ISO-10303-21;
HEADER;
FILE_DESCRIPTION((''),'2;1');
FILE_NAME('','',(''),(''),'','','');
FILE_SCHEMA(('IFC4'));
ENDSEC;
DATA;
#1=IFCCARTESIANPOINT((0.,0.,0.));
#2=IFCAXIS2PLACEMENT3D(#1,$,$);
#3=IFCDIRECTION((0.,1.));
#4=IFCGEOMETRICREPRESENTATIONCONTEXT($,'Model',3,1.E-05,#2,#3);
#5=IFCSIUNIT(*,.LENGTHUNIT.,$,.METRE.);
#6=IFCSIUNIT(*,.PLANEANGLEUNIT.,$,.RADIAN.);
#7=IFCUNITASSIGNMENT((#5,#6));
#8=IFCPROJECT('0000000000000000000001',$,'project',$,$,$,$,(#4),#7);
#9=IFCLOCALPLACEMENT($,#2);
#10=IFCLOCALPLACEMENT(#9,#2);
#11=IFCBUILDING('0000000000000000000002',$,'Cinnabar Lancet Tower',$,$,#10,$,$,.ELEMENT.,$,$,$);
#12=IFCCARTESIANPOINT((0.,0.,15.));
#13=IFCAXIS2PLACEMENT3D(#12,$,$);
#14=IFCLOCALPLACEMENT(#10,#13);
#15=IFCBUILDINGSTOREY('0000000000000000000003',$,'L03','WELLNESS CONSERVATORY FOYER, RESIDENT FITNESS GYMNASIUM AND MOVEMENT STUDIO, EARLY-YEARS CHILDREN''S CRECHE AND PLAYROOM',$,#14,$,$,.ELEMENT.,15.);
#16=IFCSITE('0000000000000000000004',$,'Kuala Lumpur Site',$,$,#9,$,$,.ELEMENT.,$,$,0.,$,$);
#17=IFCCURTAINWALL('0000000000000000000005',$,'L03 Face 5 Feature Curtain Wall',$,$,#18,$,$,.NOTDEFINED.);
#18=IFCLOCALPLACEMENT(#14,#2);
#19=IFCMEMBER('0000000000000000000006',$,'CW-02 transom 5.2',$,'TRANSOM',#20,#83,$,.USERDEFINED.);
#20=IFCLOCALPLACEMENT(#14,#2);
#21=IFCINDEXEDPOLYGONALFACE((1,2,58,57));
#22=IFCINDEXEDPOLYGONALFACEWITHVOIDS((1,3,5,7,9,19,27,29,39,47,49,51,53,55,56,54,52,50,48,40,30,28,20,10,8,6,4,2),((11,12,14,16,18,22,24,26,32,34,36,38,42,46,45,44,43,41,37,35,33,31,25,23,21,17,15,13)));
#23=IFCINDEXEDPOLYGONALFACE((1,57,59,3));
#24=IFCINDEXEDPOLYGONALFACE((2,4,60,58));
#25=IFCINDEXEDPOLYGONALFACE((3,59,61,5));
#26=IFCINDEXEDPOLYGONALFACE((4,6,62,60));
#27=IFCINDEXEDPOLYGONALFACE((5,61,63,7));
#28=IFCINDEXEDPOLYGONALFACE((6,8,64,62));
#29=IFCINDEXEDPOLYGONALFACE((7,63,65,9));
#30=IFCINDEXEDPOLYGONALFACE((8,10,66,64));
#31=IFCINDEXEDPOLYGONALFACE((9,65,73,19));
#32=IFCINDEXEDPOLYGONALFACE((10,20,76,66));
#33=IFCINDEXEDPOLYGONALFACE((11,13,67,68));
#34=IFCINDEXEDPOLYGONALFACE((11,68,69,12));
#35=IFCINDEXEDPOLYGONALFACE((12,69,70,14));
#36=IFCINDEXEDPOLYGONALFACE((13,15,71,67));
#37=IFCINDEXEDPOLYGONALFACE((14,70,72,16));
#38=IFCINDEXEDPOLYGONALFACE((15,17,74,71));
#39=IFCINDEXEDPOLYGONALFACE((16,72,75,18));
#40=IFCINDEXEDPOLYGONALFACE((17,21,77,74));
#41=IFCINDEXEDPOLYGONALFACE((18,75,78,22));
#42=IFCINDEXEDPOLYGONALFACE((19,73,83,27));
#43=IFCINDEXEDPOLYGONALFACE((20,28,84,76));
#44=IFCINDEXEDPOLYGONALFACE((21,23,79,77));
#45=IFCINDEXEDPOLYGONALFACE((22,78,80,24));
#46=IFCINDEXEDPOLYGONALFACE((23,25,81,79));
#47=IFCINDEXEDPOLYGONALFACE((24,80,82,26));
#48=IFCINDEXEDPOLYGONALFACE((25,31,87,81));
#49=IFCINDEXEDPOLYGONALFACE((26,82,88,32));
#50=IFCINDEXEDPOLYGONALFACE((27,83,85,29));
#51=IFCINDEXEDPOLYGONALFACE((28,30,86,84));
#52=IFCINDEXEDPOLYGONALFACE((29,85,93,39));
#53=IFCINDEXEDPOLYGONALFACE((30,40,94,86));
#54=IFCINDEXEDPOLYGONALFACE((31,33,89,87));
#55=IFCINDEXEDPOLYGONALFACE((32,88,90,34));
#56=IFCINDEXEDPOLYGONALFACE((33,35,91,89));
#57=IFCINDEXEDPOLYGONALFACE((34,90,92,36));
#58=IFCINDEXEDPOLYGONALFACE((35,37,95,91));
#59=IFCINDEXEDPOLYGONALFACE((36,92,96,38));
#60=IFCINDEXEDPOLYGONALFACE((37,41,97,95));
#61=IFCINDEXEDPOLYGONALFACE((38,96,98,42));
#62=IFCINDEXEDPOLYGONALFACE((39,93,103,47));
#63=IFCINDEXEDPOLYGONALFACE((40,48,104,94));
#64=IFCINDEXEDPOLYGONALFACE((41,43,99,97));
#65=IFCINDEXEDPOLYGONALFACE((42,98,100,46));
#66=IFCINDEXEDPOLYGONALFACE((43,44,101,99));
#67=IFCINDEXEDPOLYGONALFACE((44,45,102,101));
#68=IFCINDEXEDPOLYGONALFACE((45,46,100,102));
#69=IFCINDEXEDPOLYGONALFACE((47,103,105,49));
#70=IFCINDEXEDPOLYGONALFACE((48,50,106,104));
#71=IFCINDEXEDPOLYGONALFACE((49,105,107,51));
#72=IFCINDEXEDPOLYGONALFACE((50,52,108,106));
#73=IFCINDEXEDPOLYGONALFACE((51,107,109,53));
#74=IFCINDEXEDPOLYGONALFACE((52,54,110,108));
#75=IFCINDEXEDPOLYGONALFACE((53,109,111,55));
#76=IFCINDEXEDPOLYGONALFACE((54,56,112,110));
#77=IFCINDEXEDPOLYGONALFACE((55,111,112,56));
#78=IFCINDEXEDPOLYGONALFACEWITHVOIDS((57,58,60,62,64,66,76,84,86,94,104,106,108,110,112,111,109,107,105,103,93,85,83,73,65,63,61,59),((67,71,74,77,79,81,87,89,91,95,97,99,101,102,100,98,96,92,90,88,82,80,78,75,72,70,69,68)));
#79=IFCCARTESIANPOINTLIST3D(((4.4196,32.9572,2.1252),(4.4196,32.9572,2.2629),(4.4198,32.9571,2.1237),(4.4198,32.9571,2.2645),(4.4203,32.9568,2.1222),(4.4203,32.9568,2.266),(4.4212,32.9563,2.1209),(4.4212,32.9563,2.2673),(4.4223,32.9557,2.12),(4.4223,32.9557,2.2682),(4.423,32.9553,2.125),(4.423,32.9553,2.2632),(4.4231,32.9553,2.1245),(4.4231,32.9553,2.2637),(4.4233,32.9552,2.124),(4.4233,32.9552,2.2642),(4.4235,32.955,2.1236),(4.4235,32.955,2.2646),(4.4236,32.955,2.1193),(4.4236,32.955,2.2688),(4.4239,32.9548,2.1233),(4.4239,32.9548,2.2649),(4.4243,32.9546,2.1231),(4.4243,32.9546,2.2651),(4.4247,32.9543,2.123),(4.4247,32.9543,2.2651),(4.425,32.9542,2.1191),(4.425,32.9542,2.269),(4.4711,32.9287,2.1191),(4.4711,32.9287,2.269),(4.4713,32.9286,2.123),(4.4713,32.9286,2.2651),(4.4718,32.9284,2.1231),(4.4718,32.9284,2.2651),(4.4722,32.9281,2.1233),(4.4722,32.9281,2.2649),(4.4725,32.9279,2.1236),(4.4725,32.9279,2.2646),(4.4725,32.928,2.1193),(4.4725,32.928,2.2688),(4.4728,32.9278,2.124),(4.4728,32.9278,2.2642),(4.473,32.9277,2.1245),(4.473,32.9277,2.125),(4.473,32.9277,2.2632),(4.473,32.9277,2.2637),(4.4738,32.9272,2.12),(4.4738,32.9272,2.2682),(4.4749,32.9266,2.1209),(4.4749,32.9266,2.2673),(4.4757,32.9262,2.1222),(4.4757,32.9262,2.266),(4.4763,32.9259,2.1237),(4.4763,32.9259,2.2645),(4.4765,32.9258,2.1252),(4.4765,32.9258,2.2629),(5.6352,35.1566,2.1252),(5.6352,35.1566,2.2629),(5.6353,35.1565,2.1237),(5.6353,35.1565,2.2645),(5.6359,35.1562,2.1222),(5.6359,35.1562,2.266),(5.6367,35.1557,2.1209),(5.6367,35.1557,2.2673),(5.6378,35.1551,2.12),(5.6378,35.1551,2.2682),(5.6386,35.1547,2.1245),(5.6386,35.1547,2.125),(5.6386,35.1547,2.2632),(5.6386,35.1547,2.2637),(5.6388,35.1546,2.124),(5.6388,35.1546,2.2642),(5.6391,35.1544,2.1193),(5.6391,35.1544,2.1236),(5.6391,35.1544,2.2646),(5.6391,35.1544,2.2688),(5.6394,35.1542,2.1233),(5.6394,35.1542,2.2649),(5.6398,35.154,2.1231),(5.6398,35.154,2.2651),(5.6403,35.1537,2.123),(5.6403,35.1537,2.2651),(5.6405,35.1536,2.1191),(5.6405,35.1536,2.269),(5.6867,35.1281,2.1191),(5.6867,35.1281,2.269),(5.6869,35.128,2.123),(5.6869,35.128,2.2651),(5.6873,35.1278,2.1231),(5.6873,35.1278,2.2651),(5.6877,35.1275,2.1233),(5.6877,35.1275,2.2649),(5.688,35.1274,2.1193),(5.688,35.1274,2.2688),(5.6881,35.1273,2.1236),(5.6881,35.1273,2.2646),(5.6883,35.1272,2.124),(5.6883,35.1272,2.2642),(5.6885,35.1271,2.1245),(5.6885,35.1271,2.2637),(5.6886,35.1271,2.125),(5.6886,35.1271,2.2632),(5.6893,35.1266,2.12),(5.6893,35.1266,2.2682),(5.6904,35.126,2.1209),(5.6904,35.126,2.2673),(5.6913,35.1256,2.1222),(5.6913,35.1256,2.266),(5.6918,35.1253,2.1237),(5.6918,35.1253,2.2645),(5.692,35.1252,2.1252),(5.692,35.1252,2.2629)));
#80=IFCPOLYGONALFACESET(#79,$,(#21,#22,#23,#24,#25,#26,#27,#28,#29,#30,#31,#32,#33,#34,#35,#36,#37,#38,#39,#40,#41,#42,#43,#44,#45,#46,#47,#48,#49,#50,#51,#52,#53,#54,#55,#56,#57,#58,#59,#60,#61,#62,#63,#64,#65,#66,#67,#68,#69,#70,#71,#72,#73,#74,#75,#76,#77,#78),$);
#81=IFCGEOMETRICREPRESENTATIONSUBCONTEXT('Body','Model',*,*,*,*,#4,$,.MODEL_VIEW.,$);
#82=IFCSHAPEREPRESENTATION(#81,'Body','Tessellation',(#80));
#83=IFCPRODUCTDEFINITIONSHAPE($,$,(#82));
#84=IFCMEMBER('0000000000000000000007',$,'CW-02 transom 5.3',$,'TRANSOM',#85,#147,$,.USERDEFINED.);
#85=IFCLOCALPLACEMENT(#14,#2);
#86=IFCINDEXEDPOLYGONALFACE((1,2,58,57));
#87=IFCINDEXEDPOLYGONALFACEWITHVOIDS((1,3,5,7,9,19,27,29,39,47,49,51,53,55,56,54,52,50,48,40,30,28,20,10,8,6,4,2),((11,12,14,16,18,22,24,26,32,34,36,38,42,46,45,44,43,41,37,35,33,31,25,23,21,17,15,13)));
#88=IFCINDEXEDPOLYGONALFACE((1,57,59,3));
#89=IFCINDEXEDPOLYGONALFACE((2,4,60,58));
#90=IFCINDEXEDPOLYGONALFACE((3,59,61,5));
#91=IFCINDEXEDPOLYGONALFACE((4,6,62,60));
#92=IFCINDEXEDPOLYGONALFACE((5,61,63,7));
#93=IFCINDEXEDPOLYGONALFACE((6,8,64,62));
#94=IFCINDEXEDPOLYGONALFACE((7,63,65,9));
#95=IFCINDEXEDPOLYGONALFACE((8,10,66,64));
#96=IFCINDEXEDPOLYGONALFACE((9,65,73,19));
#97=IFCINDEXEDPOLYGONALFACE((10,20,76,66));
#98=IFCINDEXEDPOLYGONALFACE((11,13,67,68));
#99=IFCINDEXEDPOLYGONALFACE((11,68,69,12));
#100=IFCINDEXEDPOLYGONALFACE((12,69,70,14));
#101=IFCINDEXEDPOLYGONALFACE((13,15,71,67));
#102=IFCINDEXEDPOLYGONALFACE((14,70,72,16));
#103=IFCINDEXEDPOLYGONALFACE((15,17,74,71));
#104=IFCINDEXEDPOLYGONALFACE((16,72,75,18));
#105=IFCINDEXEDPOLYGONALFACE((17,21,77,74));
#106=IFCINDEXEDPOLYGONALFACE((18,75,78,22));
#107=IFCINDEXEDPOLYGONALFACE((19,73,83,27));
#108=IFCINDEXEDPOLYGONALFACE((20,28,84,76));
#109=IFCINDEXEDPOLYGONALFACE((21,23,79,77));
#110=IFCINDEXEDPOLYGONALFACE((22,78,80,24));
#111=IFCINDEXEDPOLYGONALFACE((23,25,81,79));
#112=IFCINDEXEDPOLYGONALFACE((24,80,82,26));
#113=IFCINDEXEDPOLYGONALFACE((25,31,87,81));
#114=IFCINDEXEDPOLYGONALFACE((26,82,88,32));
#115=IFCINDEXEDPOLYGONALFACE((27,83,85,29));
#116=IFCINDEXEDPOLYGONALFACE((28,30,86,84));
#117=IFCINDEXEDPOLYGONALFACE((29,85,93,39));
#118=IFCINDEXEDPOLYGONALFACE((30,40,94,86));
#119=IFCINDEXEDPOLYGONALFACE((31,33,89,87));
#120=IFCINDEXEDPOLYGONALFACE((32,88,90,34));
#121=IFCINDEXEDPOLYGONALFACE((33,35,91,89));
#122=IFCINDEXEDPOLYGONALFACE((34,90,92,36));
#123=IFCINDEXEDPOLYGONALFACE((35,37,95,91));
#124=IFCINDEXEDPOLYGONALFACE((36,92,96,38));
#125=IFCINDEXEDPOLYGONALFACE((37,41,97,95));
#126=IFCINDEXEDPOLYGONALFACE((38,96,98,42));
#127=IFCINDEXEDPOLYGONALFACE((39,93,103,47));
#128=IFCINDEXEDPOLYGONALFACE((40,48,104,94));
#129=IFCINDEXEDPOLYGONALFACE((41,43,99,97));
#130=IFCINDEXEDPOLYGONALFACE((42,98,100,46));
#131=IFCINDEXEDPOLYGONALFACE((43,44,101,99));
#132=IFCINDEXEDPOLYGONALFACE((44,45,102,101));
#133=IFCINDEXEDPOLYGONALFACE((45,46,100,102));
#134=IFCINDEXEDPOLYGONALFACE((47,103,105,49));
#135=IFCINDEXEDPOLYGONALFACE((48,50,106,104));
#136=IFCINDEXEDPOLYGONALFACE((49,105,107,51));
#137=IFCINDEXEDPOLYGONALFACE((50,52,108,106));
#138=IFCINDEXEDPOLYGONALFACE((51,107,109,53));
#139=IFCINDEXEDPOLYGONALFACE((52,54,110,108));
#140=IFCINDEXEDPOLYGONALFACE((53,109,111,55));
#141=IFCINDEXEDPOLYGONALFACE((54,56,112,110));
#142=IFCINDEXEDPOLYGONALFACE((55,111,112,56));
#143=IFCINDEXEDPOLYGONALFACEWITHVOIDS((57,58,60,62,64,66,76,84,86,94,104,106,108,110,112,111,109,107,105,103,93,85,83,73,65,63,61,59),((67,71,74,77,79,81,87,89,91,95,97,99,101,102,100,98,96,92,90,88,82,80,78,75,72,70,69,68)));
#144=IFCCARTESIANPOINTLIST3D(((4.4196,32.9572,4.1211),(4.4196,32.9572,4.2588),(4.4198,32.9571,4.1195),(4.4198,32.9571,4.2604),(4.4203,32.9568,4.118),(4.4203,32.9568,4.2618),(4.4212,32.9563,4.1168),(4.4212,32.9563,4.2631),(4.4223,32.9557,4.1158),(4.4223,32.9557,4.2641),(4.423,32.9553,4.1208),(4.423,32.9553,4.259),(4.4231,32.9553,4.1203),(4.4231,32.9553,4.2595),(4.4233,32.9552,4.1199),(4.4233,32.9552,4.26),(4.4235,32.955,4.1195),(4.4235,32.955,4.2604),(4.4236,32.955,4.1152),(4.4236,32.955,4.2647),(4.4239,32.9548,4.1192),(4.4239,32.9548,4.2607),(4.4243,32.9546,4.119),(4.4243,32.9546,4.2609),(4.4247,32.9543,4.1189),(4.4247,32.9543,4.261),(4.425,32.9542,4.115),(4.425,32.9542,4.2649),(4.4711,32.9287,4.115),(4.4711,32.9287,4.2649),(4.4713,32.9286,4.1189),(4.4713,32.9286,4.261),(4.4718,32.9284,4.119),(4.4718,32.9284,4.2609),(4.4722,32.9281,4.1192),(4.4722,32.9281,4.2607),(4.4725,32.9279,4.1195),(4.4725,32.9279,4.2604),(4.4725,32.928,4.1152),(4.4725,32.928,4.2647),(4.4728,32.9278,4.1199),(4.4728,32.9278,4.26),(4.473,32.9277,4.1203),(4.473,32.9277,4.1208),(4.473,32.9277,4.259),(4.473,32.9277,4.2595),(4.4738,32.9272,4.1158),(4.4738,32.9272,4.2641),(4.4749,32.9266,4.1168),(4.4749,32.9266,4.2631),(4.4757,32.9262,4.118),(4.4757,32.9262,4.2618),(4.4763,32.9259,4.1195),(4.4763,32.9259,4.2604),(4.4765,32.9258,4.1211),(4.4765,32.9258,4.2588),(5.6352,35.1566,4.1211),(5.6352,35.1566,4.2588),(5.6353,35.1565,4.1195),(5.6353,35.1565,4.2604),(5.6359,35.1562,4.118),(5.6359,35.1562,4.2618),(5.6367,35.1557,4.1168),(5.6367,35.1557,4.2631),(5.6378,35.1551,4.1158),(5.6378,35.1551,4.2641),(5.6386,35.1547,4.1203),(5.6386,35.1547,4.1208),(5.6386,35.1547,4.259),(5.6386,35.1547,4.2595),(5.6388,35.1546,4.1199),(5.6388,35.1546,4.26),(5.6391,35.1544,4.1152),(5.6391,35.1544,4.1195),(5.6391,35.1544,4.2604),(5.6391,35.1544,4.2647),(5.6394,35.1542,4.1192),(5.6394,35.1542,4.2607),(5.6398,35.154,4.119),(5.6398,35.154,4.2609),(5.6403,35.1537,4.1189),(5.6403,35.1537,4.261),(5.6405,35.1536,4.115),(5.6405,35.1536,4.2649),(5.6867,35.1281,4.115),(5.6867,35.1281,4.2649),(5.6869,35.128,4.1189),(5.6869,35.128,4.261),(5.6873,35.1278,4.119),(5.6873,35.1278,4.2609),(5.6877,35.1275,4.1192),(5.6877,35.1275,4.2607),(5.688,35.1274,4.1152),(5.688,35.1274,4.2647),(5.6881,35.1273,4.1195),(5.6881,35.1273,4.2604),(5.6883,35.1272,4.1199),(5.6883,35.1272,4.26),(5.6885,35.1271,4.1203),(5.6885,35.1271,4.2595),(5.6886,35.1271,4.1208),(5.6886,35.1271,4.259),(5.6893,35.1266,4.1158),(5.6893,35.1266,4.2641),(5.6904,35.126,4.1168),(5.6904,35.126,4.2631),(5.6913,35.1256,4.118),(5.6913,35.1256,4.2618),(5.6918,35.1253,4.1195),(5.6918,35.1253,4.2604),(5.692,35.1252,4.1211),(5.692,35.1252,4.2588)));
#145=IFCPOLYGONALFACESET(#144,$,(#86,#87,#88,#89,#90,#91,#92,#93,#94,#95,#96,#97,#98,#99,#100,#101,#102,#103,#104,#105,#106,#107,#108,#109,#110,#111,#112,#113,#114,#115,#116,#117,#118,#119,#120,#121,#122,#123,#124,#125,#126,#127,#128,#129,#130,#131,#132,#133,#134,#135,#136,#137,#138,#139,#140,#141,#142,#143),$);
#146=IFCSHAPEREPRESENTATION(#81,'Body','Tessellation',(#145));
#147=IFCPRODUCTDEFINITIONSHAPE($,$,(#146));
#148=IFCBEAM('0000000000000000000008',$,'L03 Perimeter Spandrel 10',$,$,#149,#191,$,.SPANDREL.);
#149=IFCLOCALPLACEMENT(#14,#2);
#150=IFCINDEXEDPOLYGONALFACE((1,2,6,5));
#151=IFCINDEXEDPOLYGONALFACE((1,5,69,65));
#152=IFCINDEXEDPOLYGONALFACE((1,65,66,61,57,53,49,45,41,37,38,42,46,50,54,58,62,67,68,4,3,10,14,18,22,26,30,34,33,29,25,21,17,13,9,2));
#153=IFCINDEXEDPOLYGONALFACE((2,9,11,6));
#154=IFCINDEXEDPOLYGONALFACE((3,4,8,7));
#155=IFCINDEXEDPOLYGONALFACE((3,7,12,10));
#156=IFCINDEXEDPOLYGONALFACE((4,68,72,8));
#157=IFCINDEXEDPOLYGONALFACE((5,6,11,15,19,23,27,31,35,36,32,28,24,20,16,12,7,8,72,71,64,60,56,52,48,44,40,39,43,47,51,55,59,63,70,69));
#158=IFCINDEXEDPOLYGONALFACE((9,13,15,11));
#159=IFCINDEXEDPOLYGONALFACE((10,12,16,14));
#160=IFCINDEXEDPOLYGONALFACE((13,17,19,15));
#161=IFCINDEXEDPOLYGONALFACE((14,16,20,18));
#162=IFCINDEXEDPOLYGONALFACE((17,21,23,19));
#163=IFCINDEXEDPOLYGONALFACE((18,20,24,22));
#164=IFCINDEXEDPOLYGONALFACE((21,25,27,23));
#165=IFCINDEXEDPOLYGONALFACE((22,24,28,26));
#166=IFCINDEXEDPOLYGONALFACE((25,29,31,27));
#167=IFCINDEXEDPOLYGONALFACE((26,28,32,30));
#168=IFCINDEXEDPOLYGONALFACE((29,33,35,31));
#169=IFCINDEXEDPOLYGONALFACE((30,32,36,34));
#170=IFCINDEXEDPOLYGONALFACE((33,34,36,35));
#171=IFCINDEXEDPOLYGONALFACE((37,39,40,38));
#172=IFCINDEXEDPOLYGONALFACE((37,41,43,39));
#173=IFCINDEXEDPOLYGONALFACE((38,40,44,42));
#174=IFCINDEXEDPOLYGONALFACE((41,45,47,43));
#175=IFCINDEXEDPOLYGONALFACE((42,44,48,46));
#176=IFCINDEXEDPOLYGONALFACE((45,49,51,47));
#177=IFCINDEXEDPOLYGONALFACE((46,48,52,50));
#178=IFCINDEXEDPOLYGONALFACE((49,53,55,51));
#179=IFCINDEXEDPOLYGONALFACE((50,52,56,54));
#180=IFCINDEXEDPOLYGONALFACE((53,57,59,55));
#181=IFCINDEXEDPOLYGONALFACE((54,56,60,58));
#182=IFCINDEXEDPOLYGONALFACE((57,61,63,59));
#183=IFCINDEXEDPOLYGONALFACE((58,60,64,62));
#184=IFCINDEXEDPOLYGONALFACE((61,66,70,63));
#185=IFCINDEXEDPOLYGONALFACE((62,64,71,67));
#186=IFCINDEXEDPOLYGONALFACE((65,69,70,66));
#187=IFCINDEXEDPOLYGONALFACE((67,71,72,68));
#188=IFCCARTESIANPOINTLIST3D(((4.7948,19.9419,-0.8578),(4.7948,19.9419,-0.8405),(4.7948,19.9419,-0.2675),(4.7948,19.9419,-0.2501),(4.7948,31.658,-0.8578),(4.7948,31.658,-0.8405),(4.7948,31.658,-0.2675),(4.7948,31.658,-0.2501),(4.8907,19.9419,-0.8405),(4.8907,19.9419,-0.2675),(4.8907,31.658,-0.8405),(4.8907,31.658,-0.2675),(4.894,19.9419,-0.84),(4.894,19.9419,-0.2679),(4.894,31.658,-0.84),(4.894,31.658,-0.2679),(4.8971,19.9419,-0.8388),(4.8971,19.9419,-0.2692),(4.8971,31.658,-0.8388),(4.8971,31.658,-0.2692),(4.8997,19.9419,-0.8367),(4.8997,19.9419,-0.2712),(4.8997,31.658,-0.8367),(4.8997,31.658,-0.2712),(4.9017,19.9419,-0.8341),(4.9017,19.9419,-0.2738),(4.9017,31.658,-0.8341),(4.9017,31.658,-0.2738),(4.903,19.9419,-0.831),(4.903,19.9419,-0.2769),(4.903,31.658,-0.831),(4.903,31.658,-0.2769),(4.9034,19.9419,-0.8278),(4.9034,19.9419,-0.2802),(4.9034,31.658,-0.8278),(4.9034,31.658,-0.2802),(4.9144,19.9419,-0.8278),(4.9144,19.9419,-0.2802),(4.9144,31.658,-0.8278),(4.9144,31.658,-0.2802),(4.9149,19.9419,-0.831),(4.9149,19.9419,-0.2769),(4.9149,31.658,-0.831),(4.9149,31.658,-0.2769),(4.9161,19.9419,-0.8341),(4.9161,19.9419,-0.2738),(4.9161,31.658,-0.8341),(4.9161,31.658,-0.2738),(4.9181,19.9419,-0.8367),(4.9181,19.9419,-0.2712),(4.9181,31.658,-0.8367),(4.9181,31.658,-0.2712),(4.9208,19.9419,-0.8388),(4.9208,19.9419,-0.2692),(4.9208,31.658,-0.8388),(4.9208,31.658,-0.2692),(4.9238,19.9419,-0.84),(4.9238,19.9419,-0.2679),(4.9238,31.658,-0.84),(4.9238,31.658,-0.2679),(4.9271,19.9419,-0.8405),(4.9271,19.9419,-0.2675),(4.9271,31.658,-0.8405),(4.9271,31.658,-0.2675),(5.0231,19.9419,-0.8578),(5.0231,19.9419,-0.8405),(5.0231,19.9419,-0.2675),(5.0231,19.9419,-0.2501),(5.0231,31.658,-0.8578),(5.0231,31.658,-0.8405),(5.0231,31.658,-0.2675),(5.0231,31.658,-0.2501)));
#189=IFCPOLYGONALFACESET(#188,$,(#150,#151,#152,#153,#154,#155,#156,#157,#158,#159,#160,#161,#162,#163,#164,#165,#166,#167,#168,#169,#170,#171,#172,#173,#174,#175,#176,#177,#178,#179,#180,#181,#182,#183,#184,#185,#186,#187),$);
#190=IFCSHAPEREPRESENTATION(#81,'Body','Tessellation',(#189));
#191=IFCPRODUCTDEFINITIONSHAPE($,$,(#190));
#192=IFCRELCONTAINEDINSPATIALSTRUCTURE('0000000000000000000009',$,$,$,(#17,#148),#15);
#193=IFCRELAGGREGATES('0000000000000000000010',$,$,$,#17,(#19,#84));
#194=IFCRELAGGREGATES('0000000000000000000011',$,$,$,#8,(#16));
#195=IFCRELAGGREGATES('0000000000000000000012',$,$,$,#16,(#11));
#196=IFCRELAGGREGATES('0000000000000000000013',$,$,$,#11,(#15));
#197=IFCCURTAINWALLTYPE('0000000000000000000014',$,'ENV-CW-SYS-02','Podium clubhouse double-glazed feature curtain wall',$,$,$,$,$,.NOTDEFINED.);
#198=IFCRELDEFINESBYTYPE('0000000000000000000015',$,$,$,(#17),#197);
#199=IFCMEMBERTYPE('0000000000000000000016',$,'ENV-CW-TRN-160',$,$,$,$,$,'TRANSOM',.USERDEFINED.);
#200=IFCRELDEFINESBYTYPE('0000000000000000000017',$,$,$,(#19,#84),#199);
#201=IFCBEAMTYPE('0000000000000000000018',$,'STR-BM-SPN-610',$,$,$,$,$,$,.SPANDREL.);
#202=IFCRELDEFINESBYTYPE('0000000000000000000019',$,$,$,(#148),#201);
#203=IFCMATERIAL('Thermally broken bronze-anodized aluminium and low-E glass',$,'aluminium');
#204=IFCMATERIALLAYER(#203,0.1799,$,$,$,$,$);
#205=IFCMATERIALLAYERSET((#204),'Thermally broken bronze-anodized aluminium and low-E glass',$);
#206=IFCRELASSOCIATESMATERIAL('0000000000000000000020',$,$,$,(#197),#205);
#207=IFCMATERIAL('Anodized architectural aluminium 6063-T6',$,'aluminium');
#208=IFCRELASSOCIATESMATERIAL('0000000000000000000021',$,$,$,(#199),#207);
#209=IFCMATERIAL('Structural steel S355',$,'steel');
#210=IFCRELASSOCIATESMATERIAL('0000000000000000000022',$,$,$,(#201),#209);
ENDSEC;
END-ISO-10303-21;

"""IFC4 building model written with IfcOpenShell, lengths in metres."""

from ifc_helpers import new_model, si_unit, direction, frame, origin, origin_2d, place, context, subcontext, project, spatial, hollow_rectangle, i_section, extrude, material, layer, layer_set, material_profile, profile_set, type_object, element, aggregate, save


model = new_model("IFC4")

# Units and contexts
model_context = context("Model", 3, precision=1e-05, world=origin(), true_north=direction((0.0, 1.0)))
body_context = subcontext(model_context, "Body", "Model", "MODEL_VIEW")
ifc_project = project(units=[si_unit("LENGTHUNIT", "METRE"), si_unit("PLANEANGLEUNIT", "RADIAN")], contexts=[model_context])

# Site, building, storey
site_placement = place(None, origin())
site = spatial("IfcSite", under=ifc_project, at=site_placement, Name="Kuala Lumpur Site", CompositionType="ELEMENT", RefElevation=0.0)
building_placement = place(site_placement, origin())
building = spatial("IfcBuilding", under=site, at=building_placement, Name="Cinnabar Lancet Tower", CompositionType="ELEMENT")
storey_placement = place(building_placement, frame((0.0, 0.0, 15.0)))
storey = spatial("IfcBuildingStorey", under=building, at=storey_placement, Name="L03", Description="WELLNESS CONSERVATORY FOYER, RESIDENT FITNESS GYMNASIUM AND MOVEMENT STUDIO, EARLY-YEARS CHILDREN'S CRECHE AND PLAYROOM", CompositionType="ELEMENT", Elevation=15.0)

# Curtain wall, members
ifc_material_1 = material(Name="Thermally broken bronze-anodized aluminium and low-E glass", Category="aluminium")
ifc_layer_1 = layer(ifc_material_1, 0.1799)
ifc_layer_set_1 = layer_set([ifc_layer_1], Name="Thermally broken bronze-anodized aluminium and low-E glass")
curtain_wall_type = type_object("IfcCurtainWallType", Name="ENV-CW-SYS-02", Description="Podium clubhouse double-glazed feature curtain wall", PredefinedType="NOTDEFINED", material=ifc_layer_set_1)
curtain_wall_placement = place(storey_placement, origin())
curtain_wall = element("IfcCurtainWall", 1, at=curtain_wall_placement, inside=storey, type_object=curtain_wall_type, Name="L03 Face 5 Feature Curtain Wall", PredefinedType="NOTDEFINED")
ifc_material_2 = material(Name="Anodized architectural aluminium 6063-T6", Category="aluminium")
ifc_material_profile_1 = material_profile(ifc_material_2, hollow_rectangle(XDim=0.0649, YDim=0.1499, WallThickness=0.0039, InnerFilletRadius=0.002, OuterFilletRadius=0.0061, at=origin_2d()), Name="CW-TRN 150x65x4")
ifc_profile_set_1 = profile_set([ifc_material_profile_1], Name="Anodized architectural aluminium 6063-T6")
member_type_1 = type_object("IfcMemberType", Name="ENV-CW-TRN-160", ElementType="TRANSOM", PredefinedType="USERDEFINED", material=ifc_profile_set_1)
member_1_placement = place(storey_placement, frame((5.6636, 35.1409, 2.1941), z_axis=(-0.483712, -0.875227, 0.0), x_axis=(0.875227, -0.483712, 0.0)))
member_1 = element("IfcMember", 2, at=member_1_placement, type_object=member_type_1, Name="CW-02 transom 5.2", ObjectType="TRANSOM", PredefinedType="USERDEFINED", context=body_context, shape_type="SweptSolid", body=[
    extrude(hollow_rectangle(XDim=0.0649, YDim=0.1499, WallThickness=0.0039, InnerFilletRadius=0.002, OuterFilletRadius=0.0061, at=origin_2d()), origin(), (0.0, 0.0, 1.0), 2.5129),
])
member_2_placement = place(storey_placement, frame((5.6636, 35.1409, 4.1899), z_axis=(-0.483712, -0.875227, 0.0), x_axis=(0.875227, -0.483712, 0.0)))
member_2 = element("IfcMember", 3, at=member_2_placement, type_object=member_type_1, Name="CW-02 transom 5.3", ObjectType="TRANSOM", PredefinedType="USERDEFINED", context=body_context, shape_type="SweptSolid", body=[
    extrude(hollow_rectangle(XDim=0.0649, YDim=0.1499, WallThickness=0.0039, InnerFilletRadius=0.002, OuterFilletRadius=0.0061, at=origin_2d()), origin(), (0.0, 0.0, 1.0), 2.5129),
])

# Beam
ifc_material_3 = material(Name="Structural steel S355", Category="steel")
ifc_material_profile_2 = material_profile(ifc_material_3, i_section(OverallWidth=0.2283, OverallDepth=0.6077, WebThickness=0.011, FlangeThickness=0.0173, FilletRadius=0.0127, at=origin_2d()), Name="UKB 610x229x113")
ifc_profile_set_2 = profile_set([ifc_material_profile_2], Name="Structural steel S355")
beam_type_1 = type_object("IfcBeamType", Name="STR-BM-SPN-610", PredefinedType="SPANDREL", material=ifc_profile_set_2)
beam_1_placement = place(storey_placement, frame((4.9089, 31.658, -0.554), z_axis=(0.0, -1.0, 0.0), x_axis=(1.0, 0.0, 0.0)))
element("IfcBeam", 4, at=beam_1_placement, inside=storey, type_object=beam_type_1, Name="L03 Perimeter Spandrel 10", PredefinedType="SPANDREL", context=body_context, shape_type="SweptSolid", body=[
    extrude(i_section(OverallWidth=0.2283, OverallDepth=0.6077, WebThickness=0.011, FlangeThickness=0.0173, FilletRadius=0.0127, at=origin_2d()), origin(), (0.0, 0.0, 1.0), 11.7161),
])

aggregate(curtain_wall, [member_1, member_2])

save(model, "model.ifc")
